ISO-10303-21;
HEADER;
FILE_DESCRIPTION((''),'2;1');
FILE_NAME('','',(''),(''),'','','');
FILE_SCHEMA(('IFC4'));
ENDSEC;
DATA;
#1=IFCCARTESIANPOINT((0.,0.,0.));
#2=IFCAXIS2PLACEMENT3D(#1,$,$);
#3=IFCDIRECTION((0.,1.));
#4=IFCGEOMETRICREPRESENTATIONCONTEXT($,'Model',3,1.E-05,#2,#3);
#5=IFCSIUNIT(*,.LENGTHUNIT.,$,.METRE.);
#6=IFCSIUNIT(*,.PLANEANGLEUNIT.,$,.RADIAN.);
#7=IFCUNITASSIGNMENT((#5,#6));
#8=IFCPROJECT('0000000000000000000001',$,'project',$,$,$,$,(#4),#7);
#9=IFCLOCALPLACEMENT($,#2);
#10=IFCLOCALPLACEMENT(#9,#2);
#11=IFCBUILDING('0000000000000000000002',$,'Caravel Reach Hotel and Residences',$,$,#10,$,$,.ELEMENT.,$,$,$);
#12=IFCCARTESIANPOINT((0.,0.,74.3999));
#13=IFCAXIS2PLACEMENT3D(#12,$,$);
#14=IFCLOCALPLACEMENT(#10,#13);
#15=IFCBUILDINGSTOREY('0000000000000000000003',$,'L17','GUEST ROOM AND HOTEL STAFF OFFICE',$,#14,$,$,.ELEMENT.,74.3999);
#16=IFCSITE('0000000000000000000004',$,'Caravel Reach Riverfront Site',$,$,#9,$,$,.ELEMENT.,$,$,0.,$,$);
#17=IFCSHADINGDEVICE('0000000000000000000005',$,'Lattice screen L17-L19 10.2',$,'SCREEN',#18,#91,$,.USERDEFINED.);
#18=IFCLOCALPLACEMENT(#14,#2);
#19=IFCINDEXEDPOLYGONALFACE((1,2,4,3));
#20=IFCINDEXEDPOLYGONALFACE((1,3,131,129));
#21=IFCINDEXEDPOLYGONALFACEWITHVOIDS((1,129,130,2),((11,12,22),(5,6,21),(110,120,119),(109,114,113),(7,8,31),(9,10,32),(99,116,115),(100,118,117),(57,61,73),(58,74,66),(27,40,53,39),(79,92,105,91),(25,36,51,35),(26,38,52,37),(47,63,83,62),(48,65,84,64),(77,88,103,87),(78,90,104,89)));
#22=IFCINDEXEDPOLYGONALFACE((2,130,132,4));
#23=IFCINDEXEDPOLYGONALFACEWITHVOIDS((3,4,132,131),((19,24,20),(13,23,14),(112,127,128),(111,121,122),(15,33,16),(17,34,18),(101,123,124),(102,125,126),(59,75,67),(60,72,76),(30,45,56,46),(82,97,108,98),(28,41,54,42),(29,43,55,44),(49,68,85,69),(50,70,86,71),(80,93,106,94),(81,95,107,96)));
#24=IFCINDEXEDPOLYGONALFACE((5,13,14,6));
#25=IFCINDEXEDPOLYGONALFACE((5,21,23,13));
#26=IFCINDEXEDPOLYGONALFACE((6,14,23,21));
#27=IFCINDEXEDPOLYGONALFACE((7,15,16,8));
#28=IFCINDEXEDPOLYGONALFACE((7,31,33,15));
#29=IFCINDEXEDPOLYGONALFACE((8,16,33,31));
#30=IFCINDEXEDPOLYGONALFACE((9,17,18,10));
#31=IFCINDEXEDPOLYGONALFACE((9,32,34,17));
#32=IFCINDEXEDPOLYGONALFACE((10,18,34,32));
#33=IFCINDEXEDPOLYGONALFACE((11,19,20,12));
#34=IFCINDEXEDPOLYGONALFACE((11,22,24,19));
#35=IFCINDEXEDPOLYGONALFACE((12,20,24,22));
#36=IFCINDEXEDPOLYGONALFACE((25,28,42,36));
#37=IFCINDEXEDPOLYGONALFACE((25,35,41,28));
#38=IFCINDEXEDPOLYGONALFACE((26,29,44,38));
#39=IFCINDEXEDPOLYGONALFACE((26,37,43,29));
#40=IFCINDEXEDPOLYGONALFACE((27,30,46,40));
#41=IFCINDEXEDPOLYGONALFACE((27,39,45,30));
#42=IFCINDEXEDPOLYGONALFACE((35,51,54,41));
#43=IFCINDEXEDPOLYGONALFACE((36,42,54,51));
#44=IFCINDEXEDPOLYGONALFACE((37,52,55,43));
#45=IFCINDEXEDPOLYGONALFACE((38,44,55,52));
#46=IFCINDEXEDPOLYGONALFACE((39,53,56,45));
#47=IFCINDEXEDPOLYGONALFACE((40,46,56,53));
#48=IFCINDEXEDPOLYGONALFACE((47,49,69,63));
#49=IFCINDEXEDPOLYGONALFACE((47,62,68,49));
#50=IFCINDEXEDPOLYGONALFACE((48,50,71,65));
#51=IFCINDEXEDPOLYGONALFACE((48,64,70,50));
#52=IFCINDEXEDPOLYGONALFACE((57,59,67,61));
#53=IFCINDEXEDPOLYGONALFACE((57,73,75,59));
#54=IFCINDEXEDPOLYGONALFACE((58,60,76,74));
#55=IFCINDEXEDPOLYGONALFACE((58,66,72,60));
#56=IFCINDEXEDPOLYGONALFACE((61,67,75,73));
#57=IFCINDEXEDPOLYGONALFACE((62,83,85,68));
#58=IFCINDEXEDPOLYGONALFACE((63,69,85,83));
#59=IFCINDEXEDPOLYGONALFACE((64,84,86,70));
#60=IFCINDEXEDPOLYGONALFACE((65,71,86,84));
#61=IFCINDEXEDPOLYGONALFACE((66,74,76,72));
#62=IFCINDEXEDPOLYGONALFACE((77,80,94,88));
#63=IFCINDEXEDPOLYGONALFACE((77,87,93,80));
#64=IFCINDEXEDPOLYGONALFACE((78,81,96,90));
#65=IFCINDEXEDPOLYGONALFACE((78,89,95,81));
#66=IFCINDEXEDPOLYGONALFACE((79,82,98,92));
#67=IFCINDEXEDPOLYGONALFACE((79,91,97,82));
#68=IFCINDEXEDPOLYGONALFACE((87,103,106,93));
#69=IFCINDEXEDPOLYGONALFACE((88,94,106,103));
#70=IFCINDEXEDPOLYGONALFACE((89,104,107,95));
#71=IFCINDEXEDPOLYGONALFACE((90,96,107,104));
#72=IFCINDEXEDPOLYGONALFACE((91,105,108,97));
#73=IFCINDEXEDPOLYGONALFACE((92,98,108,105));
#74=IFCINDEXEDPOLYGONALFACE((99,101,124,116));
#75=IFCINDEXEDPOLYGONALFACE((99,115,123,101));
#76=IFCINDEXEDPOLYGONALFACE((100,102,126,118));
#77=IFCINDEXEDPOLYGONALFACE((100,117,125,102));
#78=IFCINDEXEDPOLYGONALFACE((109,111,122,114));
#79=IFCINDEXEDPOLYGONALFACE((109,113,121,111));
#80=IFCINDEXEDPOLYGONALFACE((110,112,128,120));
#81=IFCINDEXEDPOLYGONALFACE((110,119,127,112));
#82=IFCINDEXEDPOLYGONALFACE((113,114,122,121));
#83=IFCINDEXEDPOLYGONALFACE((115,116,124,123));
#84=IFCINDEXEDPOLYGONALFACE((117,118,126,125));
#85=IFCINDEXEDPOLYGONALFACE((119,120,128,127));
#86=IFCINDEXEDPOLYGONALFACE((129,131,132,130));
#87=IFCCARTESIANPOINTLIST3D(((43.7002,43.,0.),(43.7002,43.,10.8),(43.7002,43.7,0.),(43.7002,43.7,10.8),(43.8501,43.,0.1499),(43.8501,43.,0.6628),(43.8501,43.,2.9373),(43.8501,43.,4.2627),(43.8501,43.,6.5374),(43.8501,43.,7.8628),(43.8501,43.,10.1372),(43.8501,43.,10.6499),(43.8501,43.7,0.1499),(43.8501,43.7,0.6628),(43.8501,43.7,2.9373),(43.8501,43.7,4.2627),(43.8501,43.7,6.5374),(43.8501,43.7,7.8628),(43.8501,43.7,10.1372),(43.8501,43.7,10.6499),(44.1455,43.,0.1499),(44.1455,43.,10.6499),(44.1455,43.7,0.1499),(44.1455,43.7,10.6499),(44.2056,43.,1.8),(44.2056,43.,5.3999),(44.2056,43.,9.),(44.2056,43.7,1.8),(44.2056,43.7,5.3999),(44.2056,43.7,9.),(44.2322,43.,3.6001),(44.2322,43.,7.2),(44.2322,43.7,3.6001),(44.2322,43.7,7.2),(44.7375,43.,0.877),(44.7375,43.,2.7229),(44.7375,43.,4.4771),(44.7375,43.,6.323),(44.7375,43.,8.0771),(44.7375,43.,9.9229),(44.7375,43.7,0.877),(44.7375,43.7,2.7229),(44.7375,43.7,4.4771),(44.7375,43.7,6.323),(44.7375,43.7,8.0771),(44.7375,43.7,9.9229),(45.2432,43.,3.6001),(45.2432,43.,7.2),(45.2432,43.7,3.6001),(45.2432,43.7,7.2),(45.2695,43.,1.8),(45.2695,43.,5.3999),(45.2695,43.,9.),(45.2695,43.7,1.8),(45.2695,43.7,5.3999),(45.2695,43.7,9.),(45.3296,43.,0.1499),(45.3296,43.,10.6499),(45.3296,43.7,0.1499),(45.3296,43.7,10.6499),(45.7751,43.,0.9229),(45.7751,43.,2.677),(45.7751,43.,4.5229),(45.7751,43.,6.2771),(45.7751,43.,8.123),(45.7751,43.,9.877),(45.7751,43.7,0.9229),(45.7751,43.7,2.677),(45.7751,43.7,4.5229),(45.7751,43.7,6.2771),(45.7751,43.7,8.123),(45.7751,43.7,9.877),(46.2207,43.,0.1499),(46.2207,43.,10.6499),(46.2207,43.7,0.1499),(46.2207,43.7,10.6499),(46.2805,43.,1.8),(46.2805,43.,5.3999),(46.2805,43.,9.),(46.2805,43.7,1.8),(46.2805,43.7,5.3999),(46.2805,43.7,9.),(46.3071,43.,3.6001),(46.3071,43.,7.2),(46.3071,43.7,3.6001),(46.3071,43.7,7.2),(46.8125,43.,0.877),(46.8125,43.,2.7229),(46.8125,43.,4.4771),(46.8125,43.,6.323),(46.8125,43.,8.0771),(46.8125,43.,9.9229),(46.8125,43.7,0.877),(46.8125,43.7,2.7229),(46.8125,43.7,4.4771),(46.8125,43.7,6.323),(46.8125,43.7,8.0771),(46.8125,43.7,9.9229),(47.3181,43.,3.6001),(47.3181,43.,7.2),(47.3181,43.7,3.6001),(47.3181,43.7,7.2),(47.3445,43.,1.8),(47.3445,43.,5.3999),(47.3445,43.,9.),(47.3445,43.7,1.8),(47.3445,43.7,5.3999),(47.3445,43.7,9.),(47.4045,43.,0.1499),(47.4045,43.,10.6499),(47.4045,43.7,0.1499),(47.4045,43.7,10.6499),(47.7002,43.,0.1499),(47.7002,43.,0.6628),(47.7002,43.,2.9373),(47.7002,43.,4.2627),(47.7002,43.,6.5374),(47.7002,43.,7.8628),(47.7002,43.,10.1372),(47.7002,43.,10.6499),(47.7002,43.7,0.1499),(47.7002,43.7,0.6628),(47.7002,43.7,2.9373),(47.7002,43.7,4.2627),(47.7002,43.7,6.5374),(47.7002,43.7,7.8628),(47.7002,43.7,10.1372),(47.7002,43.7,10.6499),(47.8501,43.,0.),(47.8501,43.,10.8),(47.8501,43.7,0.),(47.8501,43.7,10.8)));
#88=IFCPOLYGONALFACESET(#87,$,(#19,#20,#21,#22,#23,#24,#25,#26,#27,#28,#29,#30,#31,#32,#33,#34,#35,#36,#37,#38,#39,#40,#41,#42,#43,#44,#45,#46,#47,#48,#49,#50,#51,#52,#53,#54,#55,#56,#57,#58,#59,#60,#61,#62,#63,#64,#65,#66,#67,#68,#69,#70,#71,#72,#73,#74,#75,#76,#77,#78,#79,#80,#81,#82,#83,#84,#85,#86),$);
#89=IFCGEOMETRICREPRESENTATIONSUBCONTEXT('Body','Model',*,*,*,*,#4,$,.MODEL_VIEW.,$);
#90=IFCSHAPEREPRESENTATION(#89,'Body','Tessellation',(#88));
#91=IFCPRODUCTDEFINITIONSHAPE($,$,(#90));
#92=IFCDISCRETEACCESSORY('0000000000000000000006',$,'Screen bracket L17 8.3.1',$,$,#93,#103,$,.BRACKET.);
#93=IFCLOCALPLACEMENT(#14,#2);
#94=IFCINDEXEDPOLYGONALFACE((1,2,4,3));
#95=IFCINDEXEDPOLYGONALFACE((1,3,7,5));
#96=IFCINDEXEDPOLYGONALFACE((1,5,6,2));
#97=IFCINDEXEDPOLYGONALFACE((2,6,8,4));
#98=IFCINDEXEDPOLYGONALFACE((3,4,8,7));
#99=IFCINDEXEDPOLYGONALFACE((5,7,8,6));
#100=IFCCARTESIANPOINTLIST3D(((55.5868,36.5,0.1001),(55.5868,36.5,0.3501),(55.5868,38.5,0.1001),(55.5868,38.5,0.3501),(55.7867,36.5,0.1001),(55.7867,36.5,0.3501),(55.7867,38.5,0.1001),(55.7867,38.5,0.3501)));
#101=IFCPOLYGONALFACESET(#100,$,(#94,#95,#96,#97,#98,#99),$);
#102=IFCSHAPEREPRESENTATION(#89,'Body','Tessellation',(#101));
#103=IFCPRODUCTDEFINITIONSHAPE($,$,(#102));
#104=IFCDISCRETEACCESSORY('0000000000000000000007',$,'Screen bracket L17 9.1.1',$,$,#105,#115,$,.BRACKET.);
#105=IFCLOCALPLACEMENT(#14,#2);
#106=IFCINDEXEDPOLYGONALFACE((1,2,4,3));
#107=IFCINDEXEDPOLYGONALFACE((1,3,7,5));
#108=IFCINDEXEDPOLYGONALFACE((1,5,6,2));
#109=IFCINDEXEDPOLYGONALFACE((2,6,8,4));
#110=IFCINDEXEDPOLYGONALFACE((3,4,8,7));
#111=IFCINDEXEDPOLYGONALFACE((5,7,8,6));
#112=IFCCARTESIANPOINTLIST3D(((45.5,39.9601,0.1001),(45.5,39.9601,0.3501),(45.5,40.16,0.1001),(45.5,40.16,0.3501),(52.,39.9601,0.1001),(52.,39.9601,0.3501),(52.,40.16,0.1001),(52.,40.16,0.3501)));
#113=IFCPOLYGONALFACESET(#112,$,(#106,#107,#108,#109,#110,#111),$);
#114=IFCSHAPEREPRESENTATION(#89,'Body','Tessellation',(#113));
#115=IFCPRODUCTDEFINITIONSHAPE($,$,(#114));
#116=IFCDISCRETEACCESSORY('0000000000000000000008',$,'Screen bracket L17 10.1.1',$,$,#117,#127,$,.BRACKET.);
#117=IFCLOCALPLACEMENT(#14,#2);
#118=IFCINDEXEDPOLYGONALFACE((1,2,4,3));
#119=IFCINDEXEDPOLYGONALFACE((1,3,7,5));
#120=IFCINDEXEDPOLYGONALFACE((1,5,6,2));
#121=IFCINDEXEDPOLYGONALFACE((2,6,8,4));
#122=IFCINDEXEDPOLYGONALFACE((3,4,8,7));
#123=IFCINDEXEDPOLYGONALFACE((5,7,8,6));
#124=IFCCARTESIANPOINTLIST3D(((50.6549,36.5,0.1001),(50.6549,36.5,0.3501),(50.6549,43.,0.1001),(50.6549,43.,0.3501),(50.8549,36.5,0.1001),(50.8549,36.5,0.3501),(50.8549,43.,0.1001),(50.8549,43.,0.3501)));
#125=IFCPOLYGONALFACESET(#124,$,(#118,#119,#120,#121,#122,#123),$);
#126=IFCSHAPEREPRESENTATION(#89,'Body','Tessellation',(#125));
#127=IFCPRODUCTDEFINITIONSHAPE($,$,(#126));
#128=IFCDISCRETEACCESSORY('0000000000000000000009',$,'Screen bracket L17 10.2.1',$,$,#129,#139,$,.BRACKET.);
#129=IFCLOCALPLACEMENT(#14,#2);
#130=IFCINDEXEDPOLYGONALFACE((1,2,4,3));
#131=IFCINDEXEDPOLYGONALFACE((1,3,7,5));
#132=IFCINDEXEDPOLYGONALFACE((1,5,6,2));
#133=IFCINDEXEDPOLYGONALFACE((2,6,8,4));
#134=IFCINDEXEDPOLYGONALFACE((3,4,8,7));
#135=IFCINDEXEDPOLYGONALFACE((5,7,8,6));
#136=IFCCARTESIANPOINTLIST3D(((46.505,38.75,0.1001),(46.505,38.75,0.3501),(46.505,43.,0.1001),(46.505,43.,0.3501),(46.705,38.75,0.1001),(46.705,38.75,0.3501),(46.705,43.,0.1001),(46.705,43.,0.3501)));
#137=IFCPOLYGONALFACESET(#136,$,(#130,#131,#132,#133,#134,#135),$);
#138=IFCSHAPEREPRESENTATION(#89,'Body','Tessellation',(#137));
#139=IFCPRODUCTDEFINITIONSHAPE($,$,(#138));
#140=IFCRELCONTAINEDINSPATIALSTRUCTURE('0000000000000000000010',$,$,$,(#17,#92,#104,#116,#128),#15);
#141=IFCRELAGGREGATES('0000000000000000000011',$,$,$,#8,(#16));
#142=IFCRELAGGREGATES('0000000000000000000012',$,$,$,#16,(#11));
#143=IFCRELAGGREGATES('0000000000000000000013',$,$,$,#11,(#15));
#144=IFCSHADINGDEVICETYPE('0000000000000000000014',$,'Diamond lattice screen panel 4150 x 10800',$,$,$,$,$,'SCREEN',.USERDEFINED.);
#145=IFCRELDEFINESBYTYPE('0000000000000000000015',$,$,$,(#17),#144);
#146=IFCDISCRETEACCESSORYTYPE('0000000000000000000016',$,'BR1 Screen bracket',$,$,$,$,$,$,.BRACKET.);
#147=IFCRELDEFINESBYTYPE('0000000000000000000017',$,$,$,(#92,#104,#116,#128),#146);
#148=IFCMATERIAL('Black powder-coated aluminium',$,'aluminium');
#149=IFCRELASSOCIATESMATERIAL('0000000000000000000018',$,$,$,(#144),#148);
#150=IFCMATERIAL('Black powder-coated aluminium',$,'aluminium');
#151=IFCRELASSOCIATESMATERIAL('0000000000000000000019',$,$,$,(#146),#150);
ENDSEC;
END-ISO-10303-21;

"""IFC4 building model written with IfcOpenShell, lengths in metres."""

from ifc_helpers import new_model, si_unit, direction, frame, origin, origin_2d, place, context, subcontext, project, spatial, polyline, rectangle, outline, extrude, material, type_object, element, save


model = new_model("IFC4")

# Units and contexts
model_context = context("Model", 3, precision=1e-05, world=origin(), true_north=direction((0.0, 1.0)))
body_context = subcontext(model_context, "Body", "Model", "MODEL_VIEW")
ifc_project = project(units=[si_unit("LENGTHUNIT", "METRE"), si_unit("PLANEANGLEUNIT", "RADIAN")], contexts=[model_context])

# Site, building, storey
site_placement = place(None, origin())
site = spatial("IfcSite", under=ifc_project, at=site_placement, Name="Caravel Reach Riverfront Site", CompositionType="ELEMENT", RefElevation=0.0)
building_placement = place(site_placement, origin())
building = spatial("IfcBuilding", under=site, at=building_placement, Name="Caravel Reach Hotel and Residences", CompositionType="ELEMENT")
storey_placement = place(building_placement, frame((0.0, 0.0, 74.3999)))
storey = spatial("IfcBuildingStorey", under=building, at=storey_placement, Name="L17", Description="GUEST ROOM AND HOTEL STAFF OFFICE", CompositionType="ELEMENT", Elevation=74.3999)

# Shading device
ifc_material_1 = material(Name="Black powder-coated aluminium", Category="aluminium")
shading_device_type_1 = type_object("IfcShadingDeviceType", Name="Diamond lattice screen panel 4150 x 10800", ElementType="SCREEN", PredefinedType="USERDEFINED", material=ifc_material_1)
shading_device_1_placement = place(storey_placement, frame((47.8501, 43.0, 0.0), z_axis=(0.0, 1.0, 0.0), x_axis=(-1.0, 0.0, 0.0)))
element("IfcShadingDevice", 1, at=shading_device_1_placement, inside=storey, type_object=shading_device_type_1, Name="Lattice screen L17-L19 10.2", ObjectType="SCREEN", PredefinedType="USERDEFINED", context=body_context, shape_type="SweptSolid", body=[
    extrude(outline(polyline([(0.0, 0.0), (4.1499, 0.0), (4.1499, 10.8), (0.0, 10.8), (0.0, 0.0)]), holes=[polyline([(0.4456, 0.1499), (0.1499, 0.6628), (0.1499, 0.1499), (0.4456, 0.1499)]), polyline([(0.532, 3.6001), (0.1499, 4.2627), (0.1499, 2.9373), (0.532, 3.6001)]), polyline([(0.532, 7.2), (0.1499, 7.8628), (0.1499, 6.5374), (0.532, 7.2)]), polyline([(0.1499, 10.1372), (0.4456, 10.6499), (0.1499, 10.6499), (0.1499, 10.1372)]), polyline([(1.0376, 2.7229), (0.5056, 1.8), (1.0376, 0.877), (1.5696, 1.8), (1.0376, 2.7229)]), polyline([(1.0376, 6.323), (0.5056, 5.3999), (1.0376, 4.4771), (1.5696, 5.3999), (1.0376, 6.323)]), polyline([(1.0376, 9.9229), (0.5056, 9.0), (1.0376, 8.0771), (1.5696, 9.0), (1.0376, 9.9229)]), polyline([(2.075, 0.9229), (1.6294, 0.1499), (2.5205, 0.1499), (2.075, 0.9229)]), polyline([(2.075, 4.5229), (1.543, 3.6001), (2.075, 2.677), (2.6069, 3.6001), (2.075, 4.5229)]), polyline([(2.075, 8.123), (1.543, 7.2), (2.075, 6.2771), (2.6069, 7.2), (2.075, 8.123)]), polyline([(2.075, 9.877), (2.5205, 10.6499), (1.6294, 10.6499), (2.075, 9.877)]), polyline([(3.1125, 2.7229), (2.5806, 1.8), (3.1125, 0.877), (3.6445, 1.8), (3.1125, 2.7229)]), polyline([(3.1125, 6.323), (2.5806, 5.3999), (3.1125, 4.4771), (3.6445, 5.3999), (3.1125, 6.323)]), polyline([(3.1125, 9.9229), (2.5806, 9.0), (3.1125, 8.0771), (3.6445, 9.0), (3.1125, 9.9229)]), polyline([(4.0, 0.6628), (3.7046, 0.1499), (4.0, 0.1499), (4.0, 0.6628)]), polyline([(3.6179, 3.6001), (4.0, 2.9373), (4.0, 4.2627), (3.6179, 3.6001)]), polyline([(3.6179, 7.2), (4.0, 6.5374), (4.0, 7.8628), (3.6179, 7.2)]), polyline([(3.7046, 10.6499), (4.0, 10.1372), (4.0, 10.6499), (3.7046, 10.6499)])]), origin(), (0.0, 0.0, 1.0), 0.7),
])

# Discrete accessories
ifc_material_2 = material(Name="Black powder-coated aluminium", Category="aluminium")
discrete_accessory_type = type_object("IfcDiscreteAccessoryType", Name="BR1 Screen bracket", PredefinedType="BRACKET", material=ifc_material_2)
discrete_accessory_1_placement = place(storey_placement, frame((55.6868, 37.5, 0.1001), z_axis=(0.0, 0.0, 1.0), x_axis=(0.0, 1.0, 0.0)))
element("IfcDiscreteAccessory", 2, at=discrete_accessory_1_placement, inside=storey, type_object=discrete_accessory_type, Name="Screen bracket L17 8.3.1", PredefinedType="BRACKET", context=body_context, shape_type="SweptSolid", body=[
    extrude(rectangle(XDim=2.0, YDim=0.2, at=origin_2d()), origin(), (0.0, 0.0, 1.0), 0.25),
])
for number, where, z_axis, x_axis, name in (
    (3, (48.75, 40.0601, 0.1001), (0.0, 0.0, 1.0), (1.0, 0.0, 0.0), "Screen bracket L17 9.1.1"),
    (4, (50.7549, 39.75, 0.1001), (0.0, 0.0, 1.0), (0.0, 1.0, 0.0), "Screen bracket L17 10.1.1"),
):
    element("IfcDiscreteAccessory", number, at=place(storey_placement, frame(where, z_axis=z_axis, x_axis=x_axis)), inside=storey, type_object=discrete_accessory_type, Name=name, PredefinedType="BRACKET", context=body_context, shape_type="SweptSolid", body=[
        extrude(rectangle(XDim=6.5, YDim=0.2, at=origin_2d()), origin(), (0.0, 0.0, 1.0), 0.25),
    ])
discrete_accessory_2_placement = place(storey_placement, frame((46.605, 40.875, 0.1001), z_axis=(0.0, 0.0, 1.0), x_axis=(0.0, 1.0, 0.0)))
element("IfcDiscreteAccessory", 5, at=discrete_accessory_2_placement, inside=storey, type_object=discrete_accessory_type, Name="Screen bracket L17 10.2.1", PredefinedType="BRACKET", context=body_context, shape_type="SweptSolid", body=[
    extrude(rectangle(XDim=4.25, YDim=0.2, at=origin_2d()), origin(), (0.0, 0.0, 1.0), 0.25),
])

save(model, "model.ifc")
